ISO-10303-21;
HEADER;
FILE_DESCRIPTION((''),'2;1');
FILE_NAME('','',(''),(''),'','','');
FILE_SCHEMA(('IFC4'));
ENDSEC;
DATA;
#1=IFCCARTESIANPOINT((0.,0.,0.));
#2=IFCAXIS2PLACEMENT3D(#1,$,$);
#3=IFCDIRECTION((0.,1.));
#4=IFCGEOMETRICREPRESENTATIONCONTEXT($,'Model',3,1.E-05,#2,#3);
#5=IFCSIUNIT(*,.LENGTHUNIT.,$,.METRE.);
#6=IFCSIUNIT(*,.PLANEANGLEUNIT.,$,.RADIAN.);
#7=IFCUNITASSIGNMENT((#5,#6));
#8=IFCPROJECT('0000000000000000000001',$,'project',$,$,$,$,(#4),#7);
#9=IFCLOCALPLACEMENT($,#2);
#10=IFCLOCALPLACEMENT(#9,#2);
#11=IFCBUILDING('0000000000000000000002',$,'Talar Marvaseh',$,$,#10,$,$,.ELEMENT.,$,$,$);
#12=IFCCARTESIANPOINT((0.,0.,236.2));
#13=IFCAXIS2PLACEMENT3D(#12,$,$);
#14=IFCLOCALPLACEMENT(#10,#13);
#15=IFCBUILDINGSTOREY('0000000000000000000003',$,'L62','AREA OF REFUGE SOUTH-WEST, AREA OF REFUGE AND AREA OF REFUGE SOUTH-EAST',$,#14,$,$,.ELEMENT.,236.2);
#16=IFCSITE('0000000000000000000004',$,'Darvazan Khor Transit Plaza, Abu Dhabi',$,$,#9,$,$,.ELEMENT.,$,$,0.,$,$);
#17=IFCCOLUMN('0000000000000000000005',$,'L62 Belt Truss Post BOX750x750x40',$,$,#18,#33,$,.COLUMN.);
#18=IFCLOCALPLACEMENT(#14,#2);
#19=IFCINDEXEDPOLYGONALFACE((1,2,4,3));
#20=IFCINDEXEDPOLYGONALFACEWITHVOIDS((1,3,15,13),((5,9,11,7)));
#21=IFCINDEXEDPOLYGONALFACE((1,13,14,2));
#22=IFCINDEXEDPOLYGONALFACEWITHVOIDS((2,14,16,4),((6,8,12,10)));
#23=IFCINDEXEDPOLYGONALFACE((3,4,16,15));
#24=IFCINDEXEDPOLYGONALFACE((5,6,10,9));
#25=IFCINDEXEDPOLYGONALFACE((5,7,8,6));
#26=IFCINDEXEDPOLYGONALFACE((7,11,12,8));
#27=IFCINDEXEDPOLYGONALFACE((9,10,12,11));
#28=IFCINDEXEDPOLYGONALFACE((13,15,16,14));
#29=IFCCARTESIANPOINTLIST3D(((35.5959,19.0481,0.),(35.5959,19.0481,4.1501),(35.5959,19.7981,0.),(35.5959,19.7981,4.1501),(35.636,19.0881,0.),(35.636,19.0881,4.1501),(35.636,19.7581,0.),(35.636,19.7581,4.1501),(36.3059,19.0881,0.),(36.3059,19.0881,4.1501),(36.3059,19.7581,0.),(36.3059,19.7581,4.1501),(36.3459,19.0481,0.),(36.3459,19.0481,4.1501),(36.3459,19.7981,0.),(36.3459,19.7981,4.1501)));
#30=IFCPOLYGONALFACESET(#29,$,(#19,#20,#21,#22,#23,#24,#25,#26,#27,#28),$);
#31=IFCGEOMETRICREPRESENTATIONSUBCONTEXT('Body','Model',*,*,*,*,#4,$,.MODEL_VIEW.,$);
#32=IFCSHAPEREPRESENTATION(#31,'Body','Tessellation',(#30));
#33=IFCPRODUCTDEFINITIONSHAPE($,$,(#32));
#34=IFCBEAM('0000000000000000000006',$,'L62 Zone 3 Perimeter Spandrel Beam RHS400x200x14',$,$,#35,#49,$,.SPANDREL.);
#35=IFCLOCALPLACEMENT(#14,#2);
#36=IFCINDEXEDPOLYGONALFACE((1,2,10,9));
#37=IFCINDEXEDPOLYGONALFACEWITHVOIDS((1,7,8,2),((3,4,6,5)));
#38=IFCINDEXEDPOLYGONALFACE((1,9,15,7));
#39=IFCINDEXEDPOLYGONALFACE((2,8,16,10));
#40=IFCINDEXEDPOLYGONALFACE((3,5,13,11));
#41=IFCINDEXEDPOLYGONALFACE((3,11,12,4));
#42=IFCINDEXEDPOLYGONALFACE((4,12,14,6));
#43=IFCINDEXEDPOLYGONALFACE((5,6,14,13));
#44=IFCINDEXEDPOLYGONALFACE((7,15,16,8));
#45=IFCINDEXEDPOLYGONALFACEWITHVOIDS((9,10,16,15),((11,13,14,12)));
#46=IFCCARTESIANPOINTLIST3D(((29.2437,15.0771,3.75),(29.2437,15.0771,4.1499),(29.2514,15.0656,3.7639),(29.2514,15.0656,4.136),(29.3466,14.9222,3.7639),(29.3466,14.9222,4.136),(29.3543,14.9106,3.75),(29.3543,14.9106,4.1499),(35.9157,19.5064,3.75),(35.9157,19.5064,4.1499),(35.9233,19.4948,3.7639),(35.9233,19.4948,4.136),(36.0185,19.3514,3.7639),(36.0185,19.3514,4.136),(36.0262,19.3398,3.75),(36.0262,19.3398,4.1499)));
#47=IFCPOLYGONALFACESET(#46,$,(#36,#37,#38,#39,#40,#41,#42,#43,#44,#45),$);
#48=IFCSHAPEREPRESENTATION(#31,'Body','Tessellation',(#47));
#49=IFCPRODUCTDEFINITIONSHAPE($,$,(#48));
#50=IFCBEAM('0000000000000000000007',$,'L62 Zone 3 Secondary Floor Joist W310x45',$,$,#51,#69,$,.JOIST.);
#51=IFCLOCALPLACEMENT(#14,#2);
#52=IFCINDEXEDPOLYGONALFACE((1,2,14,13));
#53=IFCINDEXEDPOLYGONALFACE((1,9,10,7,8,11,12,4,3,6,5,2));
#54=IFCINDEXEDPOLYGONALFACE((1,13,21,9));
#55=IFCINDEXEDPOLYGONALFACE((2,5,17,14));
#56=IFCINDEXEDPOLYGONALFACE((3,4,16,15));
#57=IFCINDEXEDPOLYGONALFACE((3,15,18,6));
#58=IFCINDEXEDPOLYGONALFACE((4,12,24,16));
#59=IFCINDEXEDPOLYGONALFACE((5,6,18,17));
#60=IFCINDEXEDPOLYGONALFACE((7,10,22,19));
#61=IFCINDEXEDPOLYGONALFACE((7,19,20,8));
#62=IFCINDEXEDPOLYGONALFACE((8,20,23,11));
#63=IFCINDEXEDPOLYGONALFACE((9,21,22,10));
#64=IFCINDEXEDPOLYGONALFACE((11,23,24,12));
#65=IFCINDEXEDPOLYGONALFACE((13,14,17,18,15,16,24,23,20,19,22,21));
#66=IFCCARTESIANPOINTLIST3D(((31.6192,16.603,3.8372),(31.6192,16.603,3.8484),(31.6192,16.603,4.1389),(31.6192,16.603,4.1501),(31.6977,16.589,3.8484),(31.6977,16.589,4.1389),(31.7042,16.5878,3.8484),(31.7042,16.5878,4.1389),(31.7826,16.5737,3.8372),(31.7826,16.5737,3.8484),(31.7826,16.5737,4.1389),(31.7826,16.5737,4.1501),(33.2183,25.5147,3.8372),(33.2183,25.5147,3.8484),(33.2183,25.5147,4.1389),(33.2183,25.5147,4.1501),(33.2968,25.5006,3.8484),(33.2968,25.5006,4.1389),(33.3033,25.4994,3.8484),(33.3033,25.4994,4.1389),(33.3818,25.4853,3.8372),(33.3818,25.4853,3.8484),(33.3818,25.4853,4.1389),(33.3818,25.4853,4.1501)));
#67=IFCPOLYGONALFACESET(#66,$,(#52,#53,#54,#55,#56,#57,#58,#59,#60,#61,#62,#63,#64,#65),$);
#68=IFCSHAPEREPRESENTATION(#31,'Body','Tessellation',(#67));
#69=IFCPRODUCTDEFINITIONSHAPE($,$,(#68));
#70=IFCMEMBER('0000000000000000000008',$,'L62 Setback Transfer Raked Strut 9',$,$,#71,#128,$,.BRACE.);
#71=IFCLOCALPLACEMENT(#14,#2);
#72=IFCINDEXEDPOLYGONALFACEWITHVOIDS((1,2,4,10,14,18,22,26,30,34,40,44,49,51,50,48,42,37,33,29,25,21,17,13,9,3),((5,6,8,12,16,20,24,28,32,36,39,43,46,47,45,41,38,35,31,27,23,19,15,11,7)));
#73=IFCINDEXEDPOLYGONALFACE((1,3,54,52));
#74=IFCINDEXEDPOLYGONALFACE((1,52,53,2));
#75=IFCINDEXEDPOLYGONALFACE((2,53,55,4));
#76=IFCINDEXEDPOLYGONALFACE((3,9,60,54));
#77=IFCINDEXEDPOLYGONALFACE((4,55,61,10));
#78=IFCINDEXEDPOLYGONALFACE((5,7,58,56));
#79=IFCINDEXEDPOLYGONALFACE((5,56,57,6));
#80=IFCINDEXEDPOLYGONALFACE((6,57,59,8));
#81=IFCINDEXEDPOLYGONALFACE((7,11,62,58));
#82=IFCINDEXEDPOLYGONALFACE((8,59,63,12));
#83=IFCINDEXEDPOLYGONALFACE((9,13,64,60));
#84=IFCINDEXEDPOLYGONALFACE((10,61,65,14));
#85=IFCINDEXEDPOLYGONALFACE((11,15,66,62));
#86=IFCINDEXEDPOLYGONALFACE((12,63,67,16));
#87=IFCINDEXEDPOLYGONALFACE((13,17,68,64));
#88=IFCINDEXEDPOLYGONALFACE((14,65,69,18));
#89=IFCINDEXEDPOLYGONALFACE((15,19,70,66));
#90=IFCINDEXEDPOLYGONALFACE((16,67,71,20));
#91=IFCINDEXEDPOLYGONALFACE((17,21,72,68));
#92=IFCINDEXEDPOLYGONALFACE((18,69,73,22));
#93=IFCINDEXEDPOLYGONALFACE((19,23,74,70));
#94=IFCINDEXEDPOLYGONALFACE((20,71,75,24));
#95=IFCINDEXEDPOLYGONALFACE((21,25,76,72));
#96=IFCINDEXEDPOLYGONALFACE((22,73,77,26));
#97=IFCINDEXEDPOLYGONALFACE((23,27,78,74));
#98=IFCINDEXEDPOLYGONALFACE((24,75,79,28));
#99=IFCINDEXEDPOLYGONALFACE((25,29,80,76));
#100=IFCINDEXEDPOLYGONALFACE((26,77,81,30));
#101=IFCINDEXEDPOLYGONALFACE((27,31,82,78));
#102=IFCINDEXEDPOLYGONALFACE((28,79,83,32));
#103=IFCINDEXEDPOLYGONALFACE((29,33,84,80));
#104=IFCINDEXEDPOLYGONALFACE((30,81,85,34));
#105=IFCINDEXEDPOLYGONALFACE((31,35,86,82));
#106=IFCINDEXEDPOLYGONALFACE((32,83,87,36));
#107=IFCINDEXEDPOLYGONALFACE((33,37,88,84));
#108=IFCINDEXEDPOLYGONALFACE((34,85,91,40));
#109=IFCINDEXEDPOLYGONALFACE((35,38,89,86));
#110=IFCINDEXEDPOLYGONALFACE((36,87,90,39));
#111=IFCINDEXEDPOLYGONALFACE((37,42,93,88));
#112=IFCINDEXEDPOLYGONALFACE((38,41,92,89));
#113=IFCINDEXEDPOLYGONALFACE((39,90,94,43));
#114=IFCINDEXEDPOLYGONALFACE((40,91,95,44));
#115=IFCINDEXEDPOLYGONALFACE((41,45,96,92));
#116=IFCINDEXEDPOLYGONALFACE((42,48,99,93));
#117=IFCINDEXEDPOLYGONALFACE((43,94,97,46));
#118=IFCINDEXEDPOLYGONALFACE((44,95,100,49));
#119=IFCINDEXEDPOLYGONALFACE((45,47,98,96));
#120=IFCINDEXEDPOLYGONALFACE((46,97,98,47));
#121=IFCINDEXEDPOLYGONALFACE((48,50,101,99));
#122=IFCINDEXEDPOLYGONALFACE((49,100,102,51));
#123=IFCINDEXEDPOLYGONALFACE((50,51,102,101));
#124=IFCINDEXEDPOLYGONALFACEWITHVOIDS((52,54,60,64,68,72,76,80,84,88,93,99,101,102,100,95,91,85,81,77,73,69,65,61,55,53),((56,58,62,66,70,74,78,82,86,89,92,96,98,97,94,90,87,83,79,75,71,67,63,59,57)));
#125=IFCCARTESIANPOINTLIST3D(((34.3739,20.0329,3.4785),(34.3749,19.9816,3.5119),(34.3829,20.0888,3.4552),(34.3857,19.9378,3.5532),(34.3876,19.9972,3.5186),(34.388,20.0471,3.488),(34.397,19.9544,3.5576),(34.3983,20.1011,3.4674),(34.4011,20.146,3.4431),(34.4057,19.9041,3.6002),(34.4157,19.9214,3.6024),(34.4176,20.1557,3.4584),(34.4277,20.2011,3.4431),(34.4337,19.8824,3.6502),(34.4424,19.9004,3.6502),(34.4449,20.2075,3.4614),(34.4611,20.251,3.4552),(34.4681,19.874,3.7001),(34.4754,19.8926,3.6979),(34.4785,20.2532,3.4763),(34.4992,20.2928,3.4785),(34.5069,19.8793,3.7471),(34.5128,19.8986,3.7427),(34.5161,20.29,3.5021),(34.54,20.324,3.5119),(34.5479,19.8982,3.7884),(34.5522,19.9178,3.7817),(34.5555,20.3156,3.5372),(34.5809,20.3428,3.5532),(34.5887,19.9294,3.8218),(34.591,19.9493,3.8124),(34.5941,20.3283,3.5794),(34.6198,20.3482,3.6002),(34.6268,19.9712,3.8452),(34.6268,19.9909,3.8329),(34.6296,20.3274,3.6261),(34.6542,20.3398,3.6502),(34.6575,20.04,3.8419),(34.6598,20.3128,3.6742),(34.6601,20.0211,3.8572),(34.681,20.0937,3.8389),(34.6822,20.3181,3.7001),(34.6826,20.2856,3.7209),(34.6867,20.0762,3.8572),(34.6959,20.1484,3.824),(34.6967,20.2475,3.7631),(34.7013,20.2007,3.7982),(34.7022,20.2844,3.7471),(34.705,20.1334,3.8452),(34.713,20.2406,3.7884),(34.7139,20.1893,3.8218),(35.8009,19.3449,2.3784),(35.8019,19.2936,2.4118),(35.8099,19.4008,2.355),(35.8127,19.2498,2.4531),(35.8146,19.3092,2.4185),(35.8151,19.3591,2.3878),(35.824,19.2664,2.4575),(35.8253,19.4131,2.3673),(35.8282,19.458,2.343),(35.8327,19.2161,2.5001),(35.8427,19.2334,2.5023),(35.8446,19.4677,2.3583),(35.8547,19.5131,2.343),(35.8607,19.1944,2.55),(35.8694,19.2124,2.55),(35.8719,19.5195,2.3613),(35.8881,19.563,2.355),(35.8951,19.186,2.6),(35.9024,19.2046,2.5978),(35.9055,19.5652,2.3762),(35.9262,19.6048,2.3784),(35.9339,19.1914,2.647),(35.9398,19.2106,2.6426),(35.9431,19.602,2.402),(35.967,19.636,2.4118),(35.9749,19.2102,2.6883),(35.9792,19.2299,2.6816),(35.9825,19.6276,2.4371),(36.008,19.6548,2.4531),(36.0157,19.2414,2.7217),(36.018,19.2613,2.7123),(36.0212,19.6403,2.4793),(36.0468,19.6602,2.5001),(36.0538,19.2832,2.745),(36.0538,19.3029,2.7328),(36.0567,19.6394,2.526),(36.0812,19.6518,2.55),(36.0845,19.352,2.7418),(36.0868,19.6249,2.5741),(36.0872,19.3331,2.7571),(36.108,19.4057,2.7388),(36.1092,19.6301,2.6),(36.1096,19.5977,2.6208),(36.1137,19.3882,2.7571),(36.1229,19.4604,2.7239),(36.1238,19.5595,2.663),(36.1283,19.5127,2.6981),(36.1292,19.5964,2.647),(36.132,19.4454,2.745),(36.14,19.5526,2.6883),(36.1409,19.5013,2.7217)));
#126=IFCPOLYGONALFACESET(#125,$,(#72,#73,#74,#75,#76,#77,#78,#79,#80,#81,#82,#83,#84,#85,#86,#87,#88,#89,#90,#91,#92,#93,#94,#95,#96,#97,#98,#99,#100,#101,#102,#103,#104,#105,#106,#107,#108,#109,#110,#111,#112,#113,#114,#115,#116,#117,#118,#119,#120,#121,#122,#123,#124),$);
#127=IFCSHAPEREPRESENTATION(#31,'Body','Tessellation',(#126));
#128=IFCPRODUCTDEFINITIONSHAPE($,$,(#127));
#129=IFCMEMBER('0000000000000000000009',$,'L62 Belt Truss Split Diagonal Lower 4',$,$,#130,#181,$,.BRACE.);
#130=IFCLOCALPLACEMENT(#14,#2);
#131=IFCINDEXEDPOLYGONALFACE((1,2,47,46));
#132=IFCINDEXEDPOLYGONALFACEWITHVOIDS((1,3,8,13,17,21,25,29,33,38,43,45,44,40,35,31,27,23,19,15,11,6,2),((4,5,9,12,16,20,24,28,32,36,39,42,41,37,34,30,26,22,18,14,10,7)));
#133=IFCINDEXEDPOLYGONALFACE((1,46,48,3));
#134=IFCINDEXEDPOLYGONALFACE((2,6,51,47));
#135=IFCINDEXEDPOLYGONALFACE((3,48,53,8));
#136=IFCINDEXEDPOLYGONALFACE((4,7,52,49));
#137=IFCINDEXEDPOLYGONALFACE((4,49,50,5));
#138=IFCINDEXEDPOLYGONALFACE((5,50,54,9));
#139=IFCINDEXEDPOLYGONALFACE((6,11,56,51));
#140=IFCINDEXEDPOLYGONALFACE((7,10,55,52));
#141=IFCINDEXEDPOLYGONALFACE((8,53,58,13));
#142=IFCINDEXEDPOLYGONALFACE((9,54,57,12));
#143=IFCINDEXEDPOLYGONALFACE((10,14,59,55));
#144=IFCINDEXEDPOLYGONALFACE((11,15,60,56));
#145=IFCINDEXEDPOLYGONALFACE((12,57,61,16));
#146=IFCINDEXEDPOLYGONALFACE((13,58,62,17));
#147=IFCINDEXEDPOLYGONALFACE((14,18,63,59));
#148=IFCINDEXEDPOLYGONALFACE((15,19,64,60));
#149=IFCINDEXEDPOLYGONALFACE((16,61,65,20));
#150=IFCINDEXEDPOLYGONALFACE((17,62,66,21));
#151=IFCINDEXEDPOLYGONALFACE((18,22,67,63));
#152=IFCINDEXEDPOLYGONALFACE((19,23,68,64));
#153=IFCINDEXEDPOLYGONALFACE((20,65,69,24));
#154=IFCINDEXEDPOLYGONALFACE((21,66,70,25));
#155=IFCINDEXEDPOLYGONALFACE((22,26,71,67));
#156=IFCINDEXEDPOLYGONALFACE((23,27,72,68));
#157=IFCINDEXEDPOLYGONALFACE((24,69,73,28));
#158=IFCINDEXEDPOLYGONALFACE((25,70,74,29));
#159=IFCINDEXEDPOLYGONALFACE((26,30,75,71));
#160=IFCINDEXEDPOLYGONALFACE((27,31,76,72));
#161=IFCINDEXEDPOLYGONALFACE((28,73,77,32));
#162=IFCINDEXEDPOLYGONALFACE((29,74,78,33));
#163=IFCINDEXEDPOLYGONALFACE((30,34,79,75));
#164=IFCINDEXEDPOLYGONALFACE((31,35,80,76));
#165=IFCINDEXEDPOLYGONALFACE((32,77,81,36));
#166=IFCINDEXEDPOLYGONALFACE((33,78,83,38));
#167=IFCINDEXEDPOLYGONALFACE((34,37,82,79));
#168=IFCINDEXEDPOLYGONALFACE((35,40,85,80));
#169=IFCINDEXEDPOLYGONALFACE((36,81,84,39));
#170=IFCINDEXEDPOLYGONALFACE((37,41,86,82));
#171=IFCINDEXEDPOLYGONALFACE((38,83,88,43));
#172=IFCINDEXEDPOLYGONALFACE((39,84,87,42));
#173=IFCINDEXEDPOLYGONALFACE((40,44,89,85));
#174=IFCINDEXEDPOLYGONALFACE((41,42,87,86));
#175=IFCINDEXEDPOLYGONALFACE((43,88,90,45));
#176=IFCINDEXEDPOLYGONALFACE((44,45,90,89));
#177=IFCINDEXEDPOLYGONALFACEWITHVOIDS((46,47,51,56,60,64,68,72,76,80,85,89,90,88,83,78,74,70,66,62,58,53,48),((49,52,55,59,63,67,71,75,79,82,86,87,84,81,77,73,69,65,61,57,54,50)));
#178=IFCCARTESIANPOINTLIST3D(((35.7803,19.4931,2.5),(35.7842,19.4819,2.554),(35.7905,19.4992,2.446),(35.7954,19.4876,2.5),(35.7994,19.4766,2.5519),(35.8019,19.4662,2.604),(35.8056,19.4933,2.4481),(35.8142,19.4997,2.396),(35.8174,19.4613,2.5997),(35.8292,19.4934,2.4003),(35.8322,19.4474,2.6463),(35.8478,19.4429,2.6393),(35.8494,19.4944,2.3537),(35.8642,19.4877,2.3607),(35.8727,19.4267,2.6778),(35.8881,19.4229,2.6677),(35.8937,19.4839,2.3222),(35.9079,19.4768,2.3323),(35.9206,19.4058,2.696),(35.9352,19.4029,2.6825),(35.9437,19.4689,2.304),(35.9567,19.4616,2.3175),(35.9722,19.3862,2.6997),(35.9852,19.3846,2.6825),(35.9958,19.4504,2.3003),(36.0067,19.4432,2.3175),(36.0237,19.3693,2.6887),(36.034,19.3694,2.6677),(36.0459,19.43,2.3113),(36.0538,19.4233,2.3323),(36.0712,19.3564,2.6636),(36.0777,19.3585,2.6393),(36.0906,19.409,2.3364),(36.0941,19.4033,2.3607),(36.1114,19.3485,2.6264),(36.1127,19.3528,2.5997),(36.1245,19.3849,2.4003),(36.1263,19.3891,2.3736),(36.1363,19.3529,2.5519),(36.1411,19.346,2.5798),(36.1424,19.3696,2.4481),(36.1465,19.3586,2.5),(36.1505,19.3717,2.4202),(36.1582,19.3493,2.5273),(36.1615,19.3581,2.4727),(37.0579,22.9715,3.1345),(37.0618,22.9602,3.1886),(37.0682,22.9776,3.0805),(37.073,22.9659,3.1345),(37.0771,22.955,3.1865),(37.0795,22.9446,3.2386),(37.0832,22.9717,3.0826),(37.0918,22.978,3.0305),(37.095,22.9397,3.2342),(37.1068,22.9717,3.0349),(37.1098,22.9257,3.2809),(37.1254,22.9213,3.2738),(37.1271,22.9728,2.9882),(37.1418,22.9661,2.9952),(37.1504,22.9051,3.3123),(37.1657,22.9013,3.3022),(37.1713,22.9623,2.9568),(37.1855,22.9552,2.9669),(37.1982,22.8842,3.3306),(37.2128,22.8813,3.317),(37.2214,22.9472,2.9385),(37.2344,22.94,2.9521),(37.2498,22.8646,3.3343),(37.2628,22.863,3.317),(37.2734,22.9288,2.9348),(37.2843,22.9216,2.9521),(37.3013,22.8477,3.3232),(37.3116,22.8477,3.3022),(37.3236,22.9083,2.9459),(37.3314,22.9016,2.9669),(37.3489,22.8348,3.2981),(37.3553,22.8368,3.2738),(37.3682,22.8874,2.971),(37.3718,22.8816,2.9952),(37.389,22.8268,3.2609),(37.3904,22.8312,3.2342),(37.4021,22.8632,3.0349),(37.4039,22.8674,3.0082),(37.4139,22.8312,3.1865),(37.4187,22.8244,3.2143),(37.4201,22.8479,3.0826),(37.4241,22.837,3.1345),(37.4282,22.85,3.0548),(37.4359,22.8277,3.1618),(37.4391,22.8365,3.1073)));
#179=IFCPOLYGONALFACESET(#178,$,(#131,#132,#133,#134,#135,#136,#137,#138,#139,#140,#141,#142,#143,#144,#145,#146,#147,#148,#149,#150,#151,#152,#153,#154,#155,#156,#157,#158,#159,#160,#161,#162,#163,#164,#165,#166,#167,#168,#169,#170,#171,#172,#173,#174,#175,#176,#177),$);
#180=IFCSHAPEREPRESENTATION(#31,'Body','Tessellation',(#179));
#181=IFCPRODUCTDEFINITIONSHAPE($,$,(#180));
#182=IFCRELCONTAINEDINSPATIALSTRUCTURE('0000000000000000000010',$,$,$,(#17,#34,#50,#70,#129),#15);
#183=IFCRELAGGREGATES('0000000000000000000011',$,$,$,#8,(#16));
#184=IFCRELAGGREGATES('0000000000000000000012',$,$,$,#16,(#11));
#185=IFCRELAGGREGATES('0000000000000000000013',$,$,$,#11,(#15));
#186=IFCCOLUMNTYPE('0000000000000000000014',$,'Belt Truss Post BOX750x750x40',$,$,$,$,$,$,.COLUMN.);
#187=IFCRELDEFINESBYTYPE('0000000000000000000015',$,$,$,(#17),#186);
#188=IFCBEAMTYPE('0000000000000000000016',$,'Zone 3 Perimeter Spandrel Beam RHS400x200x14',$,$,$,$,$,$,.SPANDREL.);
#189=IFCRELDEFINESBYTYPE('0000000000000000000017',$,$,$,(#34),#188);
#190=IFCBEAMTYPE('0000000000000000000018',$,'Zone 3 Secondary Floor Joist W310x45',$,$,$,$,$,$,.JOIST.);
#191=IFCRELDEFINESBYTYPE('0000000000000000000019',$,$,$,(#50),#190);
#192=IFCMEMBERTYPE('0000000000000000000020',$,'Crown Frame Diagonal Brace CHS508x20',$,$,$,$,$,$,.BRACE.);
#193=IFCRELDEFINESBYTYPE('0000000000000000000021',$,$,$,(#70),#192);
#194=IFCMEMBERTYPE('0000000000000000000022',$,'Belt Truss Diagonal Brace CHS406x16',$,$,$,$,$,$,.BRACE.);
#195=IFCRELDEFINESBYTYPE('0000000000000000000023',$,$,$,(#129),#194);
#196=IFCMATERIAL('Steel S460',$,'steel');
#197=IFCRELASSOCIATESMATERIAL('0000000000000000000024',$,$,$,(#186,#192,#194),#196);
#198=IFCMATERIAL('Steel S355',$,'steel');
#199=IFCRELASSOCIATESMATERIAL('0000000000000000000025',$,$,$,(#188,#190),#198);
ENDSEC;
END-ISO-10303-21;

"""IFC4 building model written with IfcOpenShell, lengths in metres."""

from ifc_helpers import new_model, si_unit, direction, frame, origin, origin_2d, place, context, subcontext, project, spatial, hollow_rectangle, hollow_circle, i_section, extrude, source, transform, mapped, material, material_profile, profile_set, type_object, type_shapes, element, save


model = new_model("IFC4")

# Units and contexts
model_context = context("Model", 3, precision=1e-05, world=origin(), true_north=direction((0.0, 1.0)))
body_context = subcontext(model_context, "Body", "Model", "MODEL_VIEW")
ifc_project = project(units=[si_unit("LENGTHUNIT", "METRE"), si_unit("PLANEANGLEUNIT", "RADIAN")], contexts=[model_context])

# Site, building, storey
site_placement = place(None, origin())
site = spatial("IfcSite", under=ifc_project, at=site_placement, Name="Darvazan Khor Transit Plaza, Abu Dhabi", CompositionType="ELEMENT", RefElevation=0.0)
building_placement = place(site_placement, origin())
building = spatial("IfcBuilding", under=site, at=building_placement, Name="Talar Marvaseh", CompositionType="ELEMENT")
storey_placement = place(building_placement, frame((0.0, 0.0, 236.2)))
storey = spatial("IfcBuildingStorey", under=building, at=storey_placement, Name="L62", Description="AREA OF REFUGE SOUTH-WEST, AREA OF REFUGE AND AREA OF REFUGE SOUTH-EAST", CompositionType="ELEMENT", Elevation=236.2)

# Column
ifc_material_1 = material(Name="Steel S460", Category="steel")
ifc_material_profile_1 = material_profile(ifc_material_1, hollow_rectangle(XDim=0.75, YDim=0.75, WallThickness=0.04, at=origin_2d()), Name="BOX750x750x40")
ifc_profile_set_1 = profile_set([ifc_material_profile_1], Name="Steel S460")
column_type = type_object("IfcColumnType", Name="Belt Truss Post BOX750x750x40", PredefinedType="COLUMN", material=ifc_profile_set_1)
column_placement = place(storey_placement, frame((35.9709, 19.4231, 0.0), z_axis=(0.0, 0.0, 1.0), x_axis=(1.0, 0.0, 0.0)))
element("IfcColumn", 1, at=column_placement, inside=storey, type_object=column_type, Name="L62 Belt Truss Post BOX750x750x40", PredefinedType="COLUMN", context=body_context, shape_type="SweptSolid", body=[
    extrude(hollow_rectangle(XDim=0.75, YDim=0.75, WallThickness=0.04, at=origin_2d()), origin(), (0.0, 0.0, 1.0), 4.1501),
])

# Beams
ifc_material_2 = material(Name="Steel S355", Category="steel")
ifc_material_profile_2 = material_profile(ifc_material_2, hollow_rectangle(XDim=0.2, YDim=0.3999, WallThickness=0.0139, at=origin_2d()), Name="RHS400x200x14")
ifc_profile_set_2 = profile_set([ifc_material_profile_2], Name="Steel S355")
beam_type_1 = type_object("IfcBeamType", Name="Zone 3 Perimeter Spandrel Beam RHS400x200x14", PredefinedType="SPANDREL", material=ifc_profile_set_2)
beam_1_placement = place(storey_placement, frame((35.9709, 19.4231, 3.95), z_axis=(-0.833127, -0.553081, 0.0), x_axis=(0.553081, -0.833127, 0.0)))
element("IfcBeam", 2, at=beam_1_placement, inside=storey, type_object=beam_type_1, Name="L62 Zone 3 Perimeter Spandrel Beam RHS400x200x14", PredefinedType="SPANDREL", context=body_context, shape_type="SweptSolid", body=[
    extrude(hollow_rectangle(XDim=0.2, YDim=0.3999, WallThickness=0.0139, at=origin_2d()), origin(), (0.0, 0.0, 1.0), 8.0083),
])
ifc_material_profile_3 = material_profile(ifc_material_2, i_section(OverallWidth=0.166, OverallDepth=0.313, WebThickness=0.0066, FlangeThickness=0.0112, at=origin_2d()), Name="W310x45")
ifc_profile_set_3 = profile_set([ifc_material_profile_3], Name="Steel S355")
beam_type_2 = type_object("IfcBeamType", Name="Zone 3 Secondary Floor Joist W310x45", PredefinedType="JOIST", material=ifc_profile_set_3)
beam_2_placement = place(storey_placement, frame((31.7009, 16.5884, 3.9937), z_axis=(0.176621, 0.984279, 0.0), x_axis=(-0.984279, 0.176621, 0.0)))
element("IfcBeam", 3, at=beam_2_placement, inside=storey, type_object=beam_type_2, Name="L62 Zone 3 Secondary Floor Joist W310x45", PredefinedType="JOIST", context=body_context, shape_type="SweptSolid", body=[
    extrude(i_section(OverallWidth=0.166, OverallDepth=0.313, WebThickness=0.0066, FlangeThickness=0.0112, at=origin_2d()), origin(), (0.0, 0.0, 1.0), 9.054),
])

# Members
ifc_material_profile_4 = material_profile(ifc_material_1, hollow_circle(Radius=0.2539, WallThickness=0.02, at=origin_2d()), Name="CHS508x20")
ifc_profile_set_4 = profile_set([ifc_material_profile_4], Name="Steel S460")
member_type_1 = type_object("IfcMemberType", Name="Crown Frame Diagonal Brace CHS508x20", PredefinedType="BRACE", material=ifc_profile_set_4)
shared_shape_1 = source(origin(), body_context, "Body", "SweptSolid", [
    extrude(hollow_circle(Radius=0.2539, WallThickness=0.02, at=origin_2d()), origin(), (0.0, 0.0, 1.0), 1.9287),
])
type_shapes(member_type_1, [shared_shape_1])
member_1_placement = place(storey_placement, frame((35.9709, 19.4231, 2.55), z_axis=(-0.739878, 0.356711, 0.570383), x_axis=(-0.434284, -0.900776, 0.0)))
element("IfcMember", 4, at=member_1_placement, inside=storey, type_object=member_type_1, Name="L62 Setback Transfer Raked Strut 9", PredefinedType="BRACE", context=body_context, shape_type="MappedRepresentation", body=[
    mapped(shared_shape_1, transform((0.0, 0.0, 0.0), x_axis=(1.0, 0.0, 0.0), y_axis=(0.0, 1.0, 0.0), z_axis=(0.0, 0.0, 1.0), scale=1.0)),
])
ifc_material_profile_5 = material_profile(ifc_material_1, hollow_circle(Radius=0.2031, WallThickness=0.0161, at=origin_2d()), Name="CHS406x16")
ifc_profile_set_5 = profile_set([ifc_material_profile_5], Name="Steel S460")
member_type_2 = type_object("IfcMemberType", Name="Belt Truss Diagonal Brace CHS406x16", PredefinedType="BRACE", material=ifc_profile_set_5)
shared_shape_2 = source(origin(), body_context, "Body", "SweptSolid", [
    extrude(hollow_circle(Radius=0.2031, WallThickness=0.0161, at=origin_2d()), origin(), (0.0, 0.0, 1.0), 3.7595),
])
member_2_placement = place(storey_placement, frame((35.9709, 19.4231, 2.5), z_axis=(0.339837, 0.925216, 0.168782), x_axis=(-0.938682, 0.344783, 0.0)))
element("IfcMember", 5, at=member_2_placement, inside=storey, type_object=member_type_2, Name="L62 Belt Truss Split Diagonal Lower 4", PredefinedType="BRACE", context=body_context, shape_type="MappedRepresentation", body=[
    mapped(shared_shape_2, transform((0.0, 0.0, 0.0), x_axis=(1.0, 0.0, 0.0), y_axis=(0.0, 1.0, 0.0), z_axis=(0.0, 0.0, 1.0), scale=1.0)),
])

save(model, "model.ifc")
